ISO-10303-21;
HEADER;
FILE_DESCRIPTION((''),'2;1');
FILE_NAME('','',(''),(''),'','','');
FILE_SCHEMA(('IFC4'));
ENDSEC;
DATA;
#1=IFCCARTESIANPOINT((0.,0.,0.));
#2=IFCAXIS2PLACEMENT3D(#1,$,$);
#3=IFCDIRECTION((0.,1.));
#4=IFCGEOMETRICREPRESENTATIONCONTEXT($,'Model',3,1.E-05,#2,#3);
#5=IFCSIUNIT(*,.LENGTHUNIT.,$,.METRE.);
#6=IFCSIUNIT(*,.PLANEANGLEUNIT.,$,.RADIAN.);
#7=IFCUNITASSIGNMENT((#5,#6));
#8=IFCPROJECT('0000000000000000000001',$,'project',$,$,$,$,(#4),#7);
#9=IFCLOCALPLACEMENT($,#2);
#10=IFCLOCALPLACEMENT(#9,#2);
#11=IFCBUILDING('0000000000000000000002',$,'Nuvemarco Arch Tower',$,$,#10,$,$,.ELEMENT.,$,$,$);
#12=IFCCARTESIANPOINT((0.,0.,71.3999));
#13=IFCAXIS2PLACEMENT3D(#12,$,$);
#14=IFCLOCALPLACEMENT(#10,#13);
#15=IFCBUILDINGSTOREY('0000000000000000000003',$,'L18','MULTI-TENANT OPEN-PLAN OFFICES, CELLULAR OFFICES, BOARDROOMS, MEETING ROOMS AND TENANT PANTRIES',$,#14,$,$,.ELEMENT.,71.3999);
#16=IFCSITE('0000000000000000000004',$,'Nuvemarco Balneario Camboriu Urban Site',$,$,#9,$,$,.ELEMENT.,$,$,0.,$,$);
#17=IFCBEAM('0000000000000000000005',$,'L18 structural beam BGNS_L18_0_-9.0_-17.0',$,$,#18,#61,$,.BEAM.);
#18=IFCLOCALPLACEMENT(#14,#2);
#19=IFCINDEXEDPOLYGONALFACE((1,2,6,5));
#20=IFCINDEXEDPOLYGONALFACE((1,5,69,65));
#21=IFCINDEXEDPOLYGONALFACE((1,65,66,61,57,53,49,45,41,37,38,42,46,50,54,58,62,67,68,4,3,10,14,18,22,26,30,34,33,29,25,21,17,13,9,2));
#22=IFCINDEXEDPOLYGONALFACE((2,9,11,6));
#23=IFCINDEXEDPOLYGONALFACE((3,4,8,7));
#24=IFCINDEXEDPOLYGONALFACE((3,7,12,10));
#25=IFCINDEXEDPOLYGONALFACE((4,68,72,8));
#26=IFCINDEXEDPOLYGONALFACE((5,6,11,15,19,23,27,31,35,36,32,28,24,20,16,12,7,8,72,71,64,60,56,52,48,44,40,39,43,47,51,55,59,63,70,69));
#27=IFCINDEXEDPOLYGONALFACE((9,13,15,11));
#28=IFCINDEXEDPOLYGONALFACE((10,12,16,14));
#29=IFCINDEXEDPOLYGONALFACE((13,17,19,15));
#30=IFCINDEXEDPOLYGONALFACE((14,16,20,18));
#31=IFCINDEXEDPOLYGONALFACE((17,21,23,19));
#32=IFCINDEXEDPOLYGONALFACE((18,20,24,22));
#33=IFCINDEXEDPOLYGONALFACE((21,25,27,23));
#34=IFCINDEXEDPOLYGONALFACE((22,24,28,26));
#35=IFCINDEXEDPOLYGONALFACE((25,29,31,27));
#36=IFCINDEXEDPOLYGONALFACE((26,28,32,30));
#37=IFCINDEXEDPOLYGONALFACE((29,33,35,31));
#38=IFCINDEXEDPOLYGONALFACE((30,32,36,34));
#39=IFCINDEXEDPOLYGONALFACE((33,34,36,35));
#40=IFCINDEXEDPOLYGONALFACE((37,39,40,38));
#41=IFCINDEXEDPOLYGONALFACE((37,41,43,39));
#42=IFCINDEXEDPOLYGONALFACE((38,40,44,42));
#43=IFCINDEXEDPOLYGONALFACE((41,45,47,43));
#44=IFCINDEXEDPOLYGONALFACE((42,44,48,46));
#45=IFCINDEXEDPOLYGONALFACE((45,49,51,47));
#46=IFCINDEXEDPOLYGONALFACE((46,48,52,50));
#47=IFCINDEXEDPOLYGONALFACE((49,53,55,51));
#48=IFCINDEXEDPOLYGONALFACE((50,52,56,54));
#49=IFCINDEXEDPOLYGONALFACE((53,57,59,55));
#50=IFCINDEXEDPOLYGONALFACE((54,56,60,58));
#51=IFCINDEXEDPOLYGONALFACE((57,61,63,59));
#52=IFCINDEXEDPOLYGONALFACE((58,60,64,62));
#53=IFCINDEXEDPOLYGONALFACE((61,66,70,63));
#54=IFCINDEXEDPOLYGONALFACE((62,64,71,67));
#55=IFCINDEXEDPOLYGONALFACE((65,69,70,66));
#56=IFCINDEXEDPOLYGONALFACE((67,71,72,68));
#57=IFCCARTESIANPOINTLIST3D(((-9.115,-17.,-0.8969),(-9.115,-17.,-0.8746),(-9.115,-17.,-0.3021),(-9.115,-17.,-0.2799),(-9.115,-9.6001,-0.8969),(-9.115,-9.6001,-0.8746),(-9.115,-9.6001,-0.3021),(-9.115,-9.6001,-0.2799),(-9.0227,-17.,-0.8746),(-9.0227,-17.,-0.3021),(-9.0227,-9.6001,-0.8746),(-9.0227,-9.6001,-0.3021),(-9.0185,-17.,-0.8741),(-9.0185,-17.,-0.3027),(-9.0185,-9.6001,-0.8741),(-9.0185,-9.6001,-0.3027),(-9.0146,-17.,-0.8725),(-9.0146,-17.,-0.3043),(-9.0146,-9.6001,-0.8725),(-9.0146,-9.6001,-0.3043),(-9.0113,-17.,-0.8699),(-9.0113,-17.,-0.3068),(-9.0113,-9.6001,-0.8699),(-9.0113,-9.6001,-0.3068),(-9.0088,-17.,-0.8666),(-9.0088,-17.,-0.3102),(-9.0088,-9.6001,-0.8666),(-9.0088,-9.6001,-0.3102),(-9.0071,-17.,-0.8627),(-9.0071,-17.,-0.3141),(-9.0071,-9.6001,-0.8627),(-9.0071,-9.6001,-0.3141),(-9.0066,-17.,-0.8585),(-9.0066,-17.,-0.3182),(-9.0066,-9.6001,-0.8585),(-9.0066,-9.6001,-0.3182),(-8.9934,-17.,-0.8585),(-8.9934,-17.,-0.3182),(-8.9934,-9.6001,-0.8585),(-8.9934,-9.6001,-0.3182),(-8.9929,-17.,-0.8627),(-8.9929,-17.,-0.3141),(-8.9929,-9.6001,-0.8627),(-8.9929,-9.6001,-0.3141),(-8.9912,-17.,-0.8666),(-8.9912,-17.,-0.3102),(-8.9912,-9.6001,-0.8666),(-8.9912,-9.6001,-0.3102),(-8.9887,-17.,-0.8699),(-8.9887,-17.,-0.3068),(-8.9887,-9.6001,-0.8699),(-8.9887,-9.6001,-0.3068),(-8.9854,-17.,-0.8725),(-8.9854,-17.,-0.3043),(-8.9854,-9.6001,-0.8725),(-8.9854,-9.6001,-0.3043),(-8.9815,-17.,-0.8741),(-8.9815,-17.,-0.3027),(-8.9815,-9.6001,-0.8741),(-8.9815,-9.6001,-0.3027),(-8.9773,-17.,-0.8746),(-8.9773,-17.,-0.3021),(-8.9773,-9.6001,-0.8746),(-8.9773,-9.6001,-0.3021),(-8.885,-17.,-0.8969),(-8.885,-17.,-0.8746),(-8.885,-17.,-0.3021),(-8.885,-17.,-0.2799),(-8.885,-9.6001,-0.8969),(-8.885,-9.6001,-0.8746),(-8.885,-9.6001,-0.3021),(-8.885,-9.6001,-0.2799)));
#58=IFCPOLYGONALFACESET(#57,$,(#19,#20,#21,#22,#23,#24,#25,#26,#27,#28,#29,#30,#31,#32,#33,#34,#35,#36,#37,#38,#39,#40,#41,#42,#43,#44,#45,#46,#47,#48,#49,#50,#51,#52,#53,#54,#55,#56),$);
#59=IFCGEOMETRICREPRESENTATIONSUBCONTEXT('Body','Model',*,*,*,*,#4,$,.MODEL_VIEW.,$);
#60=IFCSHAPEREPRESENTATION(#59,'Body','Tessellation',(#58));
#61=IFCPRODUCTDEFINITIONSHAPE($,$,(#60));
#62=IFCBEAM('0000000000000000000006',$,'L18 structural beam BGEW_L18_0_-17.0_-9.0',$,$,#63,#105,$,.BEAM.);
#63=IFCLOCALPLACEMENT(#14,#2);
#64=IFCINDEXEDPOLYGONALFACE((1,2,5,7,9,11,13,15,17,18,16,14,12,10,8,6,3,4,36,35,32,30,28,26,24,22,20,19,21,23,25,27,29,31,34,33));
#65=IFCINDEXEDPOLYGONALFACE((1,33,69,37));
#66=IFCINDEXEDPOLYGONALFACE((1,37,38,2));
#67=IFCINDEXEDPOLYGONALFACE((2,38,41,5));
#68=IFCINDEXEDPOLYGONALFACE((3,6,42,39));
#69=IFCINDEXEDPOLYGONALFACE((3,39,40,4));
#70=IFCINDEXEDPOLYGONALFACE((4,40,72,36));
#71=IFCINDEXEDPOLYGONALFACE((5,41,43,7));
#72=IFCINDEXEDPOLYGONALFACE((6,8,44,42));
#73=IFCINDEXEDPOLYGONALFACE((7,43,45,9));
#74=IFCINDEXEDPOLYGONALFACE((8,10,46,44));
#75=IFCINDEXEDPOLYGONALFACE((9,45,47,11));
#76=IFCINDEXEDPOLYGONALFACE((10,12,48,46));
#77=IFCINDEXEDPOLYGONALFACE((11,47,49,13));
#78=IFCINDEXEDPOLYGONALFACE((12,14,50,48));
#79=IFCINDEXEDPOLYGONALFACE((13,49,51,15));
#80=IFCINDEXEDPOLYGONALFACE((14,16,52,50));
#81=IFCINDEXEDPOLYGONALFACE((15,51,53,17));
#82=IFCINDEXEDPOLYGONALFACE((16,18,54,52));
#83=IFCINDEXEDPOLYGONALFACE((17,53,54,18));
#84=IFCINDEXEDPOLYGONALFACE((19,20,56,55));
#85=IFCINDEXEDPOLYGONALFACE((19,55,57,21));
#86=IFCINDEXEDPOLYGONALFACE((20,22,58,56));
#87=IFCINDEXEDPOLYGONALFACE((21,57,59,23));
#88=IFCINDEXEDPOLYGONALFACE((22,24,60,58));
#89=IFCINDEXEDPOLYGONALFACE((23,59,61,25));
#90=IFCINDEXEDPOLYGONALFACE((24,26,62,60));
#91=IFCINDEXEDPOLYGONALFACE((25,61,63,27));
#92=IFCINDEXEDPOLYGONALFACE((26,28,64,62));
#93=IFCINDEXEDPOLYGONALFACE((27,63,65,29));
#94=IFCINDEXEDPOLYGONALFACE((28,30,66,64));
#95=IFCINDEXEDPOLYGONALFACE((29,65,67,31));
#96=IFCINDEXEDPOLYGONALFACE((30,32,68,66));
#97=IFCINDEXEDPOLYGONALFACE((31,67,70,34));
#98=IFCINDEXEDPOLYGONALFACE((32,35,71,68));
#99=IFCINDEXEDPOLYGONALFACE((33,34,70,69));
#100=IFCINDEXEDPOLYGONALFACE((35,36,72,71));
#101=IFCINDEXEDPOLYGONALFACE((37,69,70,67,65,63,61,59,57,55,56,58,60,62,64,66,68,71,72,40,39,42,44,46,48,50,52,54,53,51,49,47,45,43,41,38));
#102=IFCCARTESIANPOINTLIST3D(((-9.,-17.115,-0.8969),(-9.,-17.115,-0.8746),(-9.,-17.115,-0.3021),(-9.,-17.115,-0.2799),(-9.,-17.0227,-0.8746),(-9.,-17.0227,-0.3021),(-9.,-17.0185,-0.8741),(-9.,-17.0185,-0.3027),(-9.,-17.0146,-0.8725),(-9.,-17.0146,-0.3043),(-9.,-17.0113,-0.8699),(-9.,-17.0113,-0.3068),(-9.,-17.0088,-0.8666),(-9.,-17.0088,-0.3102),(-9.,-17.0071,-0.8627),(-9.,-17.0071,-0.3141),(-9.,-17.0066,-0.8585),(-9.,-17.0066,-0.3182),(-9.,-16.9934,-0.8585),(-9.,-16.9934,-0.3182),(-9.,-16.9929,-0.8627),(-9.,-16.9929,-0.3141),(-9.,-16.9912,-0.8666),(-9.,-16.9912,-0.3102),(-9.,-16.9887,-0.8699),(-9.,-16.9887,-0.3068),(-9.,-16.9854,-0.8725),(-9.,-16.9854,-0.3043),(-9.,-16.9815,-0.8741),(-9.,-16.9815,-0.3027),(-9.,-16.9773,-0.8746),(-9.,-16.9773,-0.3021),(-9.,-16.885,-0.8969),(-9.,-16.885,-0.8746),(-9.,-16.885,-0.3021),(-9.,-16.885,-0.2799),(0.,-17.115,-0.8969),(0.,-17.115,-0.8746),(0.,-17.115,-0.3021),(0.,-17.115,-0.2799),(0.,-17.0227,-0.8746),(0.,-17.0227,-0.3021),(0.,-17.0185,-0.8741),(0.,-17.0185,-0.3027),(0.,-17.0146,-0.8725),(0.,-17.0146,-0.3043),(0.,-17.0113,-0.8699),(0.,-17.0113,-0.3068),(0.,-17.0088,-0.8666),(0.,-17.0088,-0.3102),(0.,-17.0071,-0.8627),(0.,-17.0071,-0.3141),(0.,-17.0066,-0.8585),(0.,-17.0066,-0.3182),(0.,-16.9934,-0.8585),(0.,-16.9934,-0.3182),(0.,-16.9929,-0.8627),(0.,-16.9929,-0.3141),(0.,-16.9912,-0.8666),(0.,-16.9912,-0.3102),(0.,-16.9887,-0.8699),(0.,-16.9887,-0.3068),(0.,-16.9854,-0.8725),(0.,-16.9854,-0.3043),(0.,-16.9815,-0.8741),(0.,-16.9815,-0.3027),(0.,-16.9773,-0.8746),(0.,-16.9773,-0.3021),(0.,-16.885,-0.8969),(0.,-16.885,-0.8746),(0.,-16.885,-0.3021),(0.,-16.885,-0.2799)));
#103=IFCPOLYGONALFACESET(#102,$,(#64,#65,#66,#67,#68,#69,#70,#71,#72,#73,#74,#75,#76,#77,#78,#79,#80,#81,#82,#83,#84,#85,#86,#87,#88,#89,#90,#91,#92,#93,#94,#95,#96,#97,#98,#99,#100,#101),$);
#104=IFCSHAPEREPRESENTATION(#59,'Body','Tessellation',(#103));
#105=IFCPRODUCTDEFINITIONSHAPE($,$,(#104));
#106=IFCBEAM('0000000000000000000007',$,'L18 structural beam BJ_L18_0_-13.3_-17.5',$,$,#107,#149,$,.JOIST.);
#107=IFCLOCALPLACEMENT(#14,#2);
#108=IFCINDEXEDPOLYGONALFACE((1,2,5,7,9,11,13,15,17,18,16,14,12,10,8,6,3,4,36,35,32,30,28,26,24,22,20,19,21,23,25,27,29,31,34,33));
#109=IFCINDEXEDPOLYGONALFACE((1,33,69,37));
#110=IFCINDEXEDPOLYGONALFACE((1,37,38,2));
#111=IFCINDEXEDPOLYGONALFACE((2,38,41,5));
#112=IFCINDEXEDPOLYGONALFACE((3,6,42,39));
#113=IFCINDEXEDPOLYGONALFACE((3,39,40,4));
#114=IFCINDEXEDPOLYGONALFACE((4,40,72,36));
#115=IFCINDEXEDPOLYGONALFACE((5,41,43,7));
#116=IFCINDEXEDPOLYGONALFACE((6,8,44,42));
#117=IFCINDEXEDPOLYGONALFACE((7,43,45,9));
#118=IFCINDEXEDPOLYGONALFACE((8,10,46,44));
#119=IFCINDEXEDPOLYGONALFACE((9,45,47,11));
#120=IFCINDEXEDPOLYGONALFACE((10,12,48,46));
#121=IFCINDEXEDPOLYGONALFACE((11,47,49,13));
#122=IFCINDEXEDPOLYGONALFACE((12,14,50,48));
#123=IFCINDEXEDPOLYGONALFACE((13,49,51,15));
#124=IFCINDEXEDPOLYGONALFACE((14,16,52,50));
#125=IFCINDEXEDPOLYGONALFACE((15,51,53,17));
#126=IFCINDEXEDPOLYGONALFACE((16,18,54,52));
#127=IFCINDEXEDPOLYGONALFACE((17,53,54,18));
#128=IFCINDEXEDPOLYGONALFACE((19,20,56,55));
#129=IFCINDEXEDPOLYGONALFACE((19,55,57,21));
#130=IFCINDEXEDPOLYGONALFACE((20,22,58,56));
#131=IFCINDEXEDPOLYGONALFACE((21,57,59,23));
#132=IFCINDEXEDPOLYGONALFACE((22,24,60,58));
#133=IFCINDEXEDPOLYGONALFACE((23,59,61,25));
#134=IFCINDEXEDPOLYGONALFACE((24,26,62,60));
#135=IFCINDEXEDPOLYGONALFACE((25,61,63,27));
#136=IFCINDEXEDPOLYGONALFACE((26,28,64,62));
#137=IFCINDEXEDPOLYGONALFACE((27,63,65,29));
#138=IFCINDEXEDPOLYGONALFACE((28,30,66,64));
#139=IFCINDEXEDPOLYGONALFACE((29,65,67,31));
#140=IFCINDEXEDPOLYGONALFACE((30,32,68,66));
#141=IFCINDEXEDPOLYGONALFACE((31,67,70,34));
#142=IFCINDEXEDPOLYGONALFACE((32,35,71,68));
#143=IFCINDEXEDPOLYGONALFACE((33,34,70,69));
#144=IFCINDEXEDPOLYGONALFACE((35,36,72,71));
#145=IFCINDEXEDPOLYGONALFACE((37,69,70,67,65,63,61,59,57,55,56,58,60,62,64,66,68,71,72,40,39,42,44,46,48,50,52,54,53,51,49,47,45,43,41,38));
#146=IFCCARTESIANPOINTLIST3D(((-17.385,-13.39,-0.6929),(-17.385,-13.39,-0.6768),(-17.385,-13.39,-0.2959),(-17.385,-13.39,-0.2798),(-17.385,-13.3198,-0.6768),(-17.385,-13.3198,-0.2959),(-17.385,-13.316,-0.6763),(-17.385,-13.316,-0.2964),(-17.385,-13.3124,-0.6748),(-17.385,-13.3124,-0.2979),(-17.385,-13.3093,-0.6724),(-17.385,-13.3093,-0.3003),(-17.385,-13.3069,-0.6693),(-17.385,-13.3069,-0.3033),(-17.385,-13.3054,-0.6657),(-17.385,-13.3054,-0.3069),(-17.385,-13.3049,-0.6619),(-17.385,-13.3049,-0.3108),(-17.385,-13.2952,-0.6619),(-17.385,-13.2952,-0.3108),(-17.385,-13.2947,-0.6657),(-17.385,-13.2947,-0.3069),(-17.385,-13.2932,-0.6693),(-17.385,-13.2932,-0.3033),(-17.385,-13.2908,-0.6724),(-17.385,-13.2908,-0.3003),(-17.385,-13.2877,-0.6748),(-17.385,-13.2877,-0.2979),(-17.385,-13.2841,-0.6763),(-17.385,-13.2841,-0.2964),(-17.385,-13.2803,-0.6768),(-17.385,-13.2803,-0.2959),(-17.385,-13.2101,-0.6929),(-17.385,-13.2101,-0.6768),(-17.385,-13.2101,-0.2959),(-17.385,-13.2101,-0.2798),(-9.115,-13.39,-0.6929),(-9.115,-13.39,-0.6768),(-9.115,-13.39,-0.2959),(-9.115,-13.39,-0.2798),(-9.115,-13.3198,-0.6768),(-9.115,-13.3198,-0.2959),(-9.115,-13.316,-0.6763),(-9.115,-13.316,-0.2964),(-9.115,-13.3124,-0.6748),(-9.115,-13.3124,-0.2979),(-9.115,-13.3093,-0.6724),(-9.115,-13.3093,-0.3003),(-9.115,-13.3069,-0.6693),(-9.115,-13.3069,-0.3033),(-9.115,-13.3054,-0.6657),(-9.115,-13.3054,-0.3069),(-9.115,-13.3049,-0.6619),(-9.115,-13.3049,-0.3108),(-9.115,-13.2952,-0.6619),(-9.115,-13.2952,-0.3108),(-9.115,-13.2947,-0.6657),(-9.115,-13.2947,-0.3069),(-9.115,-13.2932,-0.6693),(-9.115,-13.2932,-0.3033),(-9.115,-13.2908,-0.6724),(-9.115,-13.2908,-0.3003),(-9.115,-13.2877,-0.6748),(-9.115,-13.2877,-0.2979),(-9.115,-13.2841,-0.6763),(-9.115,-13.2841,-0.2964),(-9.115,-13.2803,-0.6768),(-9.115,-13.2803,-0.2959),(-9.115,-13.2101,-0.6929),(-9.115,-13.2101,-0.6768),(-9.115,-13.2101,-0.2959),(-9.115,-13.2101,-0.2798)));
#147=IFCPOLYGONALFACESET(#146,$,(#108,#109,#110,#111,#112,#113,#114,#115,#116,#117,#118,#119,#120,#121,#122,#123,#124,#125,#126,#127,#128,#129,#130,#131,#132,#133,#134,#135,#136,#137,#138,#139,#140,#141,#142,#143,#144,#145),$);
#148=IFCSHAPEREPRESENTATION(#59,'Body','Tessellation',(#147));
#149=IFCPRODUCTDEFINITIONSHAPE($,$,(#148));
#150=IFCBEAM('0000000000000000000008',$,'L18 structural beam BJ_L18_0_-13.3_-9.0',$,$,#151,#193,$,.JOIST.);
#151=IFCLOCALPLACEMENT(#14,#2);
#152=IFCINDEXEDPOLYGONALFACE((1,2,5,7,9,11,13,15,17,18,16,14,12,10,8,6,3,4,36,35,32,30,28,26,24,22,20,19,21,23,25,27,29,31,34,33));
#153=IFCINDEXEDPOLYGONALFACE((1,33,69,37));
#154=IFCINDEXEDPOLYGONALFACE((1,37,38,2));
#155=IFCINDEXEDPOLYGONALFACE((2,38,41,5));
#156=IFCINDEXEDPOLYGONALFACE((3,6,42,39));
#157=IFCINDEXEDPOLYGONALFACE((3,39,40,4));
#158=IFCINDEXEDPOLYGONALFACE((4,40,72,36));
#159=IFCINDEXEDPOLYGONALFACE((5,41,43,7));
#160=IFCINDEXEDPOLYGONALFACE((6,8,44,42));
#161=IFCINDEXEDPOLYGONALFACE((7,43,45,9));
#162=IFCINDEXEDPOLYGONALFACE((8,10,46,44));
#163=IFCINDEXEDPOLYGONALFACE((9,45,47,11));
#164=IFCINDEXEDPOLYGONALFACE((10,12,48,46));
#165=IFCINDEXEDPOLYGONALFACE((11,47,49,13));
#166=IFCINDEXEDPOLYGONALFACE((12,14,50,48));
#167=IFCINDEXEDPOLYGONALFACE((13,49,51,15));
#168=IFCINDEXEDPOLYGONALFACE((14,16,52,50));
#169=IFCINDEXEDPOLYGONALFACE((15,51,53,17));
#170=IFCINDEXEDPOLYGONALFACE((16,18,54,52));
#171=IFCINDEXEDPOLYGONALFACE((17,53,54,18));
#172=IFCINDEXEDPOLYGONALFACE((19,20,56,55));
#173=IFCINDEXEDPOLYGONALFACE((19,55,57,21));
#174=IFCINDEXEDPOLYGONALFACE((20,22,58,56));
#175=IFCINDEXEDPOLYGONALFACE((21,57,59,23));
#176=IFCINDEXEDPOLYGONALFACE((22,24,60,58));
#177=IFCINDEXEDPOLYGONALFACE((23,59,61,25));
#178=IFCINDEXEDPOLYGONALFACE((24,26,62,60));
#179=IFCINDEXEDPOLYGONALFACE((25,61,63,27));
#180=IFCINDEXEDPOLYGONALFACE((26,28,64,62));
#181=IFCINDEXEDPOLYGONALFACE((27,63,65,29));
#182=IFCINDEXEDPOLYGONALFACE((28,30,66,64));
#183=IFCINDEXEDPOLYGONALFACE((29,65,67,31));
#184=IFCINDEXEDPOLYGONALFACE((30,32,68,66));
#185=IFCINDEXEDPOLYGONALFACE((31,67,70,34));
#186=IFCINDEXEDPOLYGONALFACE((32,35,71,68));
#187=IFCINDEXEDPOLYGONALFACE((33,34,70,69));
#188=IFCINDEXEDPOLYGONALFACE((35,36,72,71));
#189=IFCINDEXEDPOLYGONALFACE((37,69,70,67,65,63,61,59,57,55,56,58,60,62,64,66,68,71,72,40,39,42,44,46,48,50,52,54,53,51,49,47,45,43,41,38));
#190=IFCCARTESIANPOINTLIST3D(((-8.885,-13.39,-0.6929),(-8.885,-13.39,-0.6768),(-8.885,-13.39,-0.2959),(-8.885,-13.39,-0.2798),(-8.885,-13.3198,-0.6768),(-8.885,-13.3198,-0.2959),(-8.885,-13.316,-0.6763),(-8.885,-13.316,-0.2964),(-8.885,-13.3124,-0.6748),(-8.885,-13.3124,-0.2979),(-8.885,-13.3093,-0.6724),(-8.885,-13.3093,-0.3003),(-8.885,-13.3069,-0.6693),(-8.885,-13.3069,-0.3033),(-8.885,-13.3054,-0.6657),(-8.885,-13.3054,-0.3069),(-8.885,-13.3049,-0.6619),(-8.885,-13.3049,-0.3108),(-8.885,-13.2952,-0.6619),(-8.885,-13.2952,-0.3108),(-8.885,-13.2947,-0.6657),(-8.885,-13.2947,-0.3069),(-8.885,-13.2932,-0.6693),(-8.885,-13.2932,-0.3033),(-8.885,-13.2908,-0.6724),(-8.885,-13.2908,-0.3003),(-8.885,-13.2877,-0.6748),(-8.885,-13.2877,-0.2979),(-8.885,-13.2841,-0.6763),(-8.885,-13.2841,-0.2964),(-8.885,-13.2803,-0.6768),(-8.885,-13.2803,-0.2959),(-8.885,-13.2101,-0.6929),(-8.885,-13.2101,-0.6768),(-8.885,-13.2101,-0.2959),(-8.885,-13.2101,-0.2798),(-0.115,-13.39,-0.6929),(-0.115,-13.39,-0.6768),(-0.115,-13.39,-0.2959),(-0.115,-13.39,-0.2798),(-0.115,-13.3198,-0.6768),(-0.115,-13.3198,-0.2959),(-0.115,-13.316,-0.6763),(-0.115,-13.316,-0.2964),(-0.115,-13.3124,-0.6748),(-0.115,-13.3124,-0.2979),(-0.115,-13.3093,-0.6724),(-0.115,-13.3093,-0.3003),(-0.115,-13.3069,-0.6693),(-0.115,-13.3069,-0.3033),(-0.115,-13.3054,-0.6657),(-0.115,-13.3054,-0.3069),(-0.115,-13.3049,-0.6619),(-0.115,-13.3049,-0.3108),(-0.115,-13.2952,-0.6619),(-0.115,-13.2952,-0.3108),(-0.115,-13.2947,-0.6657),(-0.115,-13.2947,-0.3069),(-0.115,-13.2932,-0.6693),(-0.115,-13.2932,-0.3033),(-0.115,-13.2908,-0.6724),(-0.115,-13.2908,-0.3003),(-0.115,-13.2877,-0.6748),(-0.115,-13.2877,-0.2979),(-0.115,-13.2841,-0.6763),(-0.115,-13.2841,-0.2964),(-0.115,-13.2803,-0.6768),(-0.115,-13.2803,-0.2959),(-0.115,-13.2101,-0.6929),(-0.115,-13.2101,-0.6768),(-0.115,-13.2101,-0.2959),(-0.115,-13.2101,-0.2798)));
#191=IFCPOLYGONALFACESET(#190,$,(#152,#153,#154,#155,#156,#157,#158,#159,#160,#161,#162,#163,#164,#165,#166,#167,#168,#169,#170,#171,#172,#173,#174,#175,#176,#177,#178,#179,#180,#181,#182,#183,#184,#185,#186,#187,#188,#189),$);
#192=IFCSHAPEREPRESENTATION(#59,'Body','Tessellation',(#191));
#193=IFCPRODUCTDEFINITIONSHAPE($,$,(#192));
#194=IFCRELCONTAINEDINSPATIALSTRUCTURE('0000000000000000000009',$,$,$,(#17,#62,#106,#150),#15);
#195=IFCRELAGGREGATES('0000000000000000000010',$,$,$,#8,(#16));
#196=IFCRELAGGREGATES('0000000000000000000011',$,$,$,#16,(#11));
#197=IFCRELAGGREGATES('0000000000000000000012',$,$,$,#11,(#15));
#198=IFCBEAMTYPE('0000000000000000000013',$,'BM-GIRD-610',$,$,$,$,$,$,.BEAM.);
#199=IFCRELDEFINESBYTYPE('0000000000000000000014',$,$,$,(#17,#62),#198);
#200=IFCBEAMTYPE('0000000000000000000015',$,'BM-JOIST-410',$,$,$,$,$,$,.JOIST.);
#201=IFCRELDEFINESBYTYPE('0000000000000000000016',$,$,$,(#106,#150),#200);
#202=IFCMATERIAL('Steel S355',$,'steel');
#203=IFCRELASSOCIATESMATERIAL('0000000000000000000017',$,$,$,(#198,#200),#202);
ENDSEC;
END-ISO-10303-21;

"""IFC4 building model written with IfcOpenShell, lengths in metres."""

from ifc_helpers import new_model, si_unit, direction, frame, origin, origin_2d, place, context, subcontext, project, spatial, i_section, extrude, material, material_profile, profile_set, type_object, element, save


model = new_model("IFC4")

# Units and contexts
model_context = context("Model", 3, precision=1e-05, world=origin(), true_north=direction((0.0, 1.0)))
body_context = subcontext(model_context, "Body", "Model", "MODEL_VIEW")
ifc_project = project(units=[si_unit("LENGTHUNIT", "METRE"), si_unit("PLANEANGLEUNIT", "RADIAN")], contexts=[model_context])

# Site, building, storey
site_placement = place(None, origin())
site = spatial("IfcSite", under=ifc_project, at=site_placement, Name="Nuvemarco Balneario Camboriu Urban Site", CompositionType="ELEMENT", RefElevation=0.0)
building_placement = place(site_placement, origin())
building = spatial("IfcBuilding", under=site, at=building_placement, Name="Nuvemarco Arch Tower", CompositionType="ELEMENT")
storey_placement = place(building_placement, frame((0.0, 0.0, 71.3999)))
storey = spatial("IfcBuildingStorey", under=building, at=storey_placement, Name="L18", Description="MULTI-TENANT OPEN-PLAN OFFICES, CELLULAR OFFICES, BOARDROOMS, MEETING ROOMS AND TENANT PANTRIES", CompositionType="ELEMENT", Elevation=71.3999)

# Shared definitions
ifc_material_1 = material(Name="Steel S355", Category="steel")

# Beams
ifc_material_profile_1 = material_profile(ifc_material_1, i_section(OverallWidth=0.23, OverallDepth=0.6169, WebThickness=0.0132, FlangeThickness=0.0222, FilletRadius=0.0161, at=origin_2d()), Name="W610x140")
ifc_profile_set_1 = profile_set([ifc_material_profile_1], Name="Steel S355")
beam_type_1 = type_object("IfcBeamType", Name="BM-GIRD-610", PredefinedType="BEAM", material=ifc_profile_set_1)
beam_1_placement = place(storey_placement, frame((-9.0, -17.0, -0.5884), z_axis=(0.0, 1.0, 0.0), x_axis=(-1.0, 0.0, 0.0)))
element("IfcBeam", 1, at=beam_1_placement, inside=storey, type_object=beam_type_1, Name="L18 structural beam BGNS_L18_0_-9.0_-17.0", PredefinedType="BEAM", context=body_context, shape_type="SweptSolid", body=[
    extrude(i_section(OverallWidth=0.23, OverallDepth=0.6169, WebThickness=0.0132, FlangeThickness=0.0222, FilletRadius=0.0161, at=origin_2d()), origin(), (0.0, 0.0, 1.0), 7.3999),
])
beam_2_placement = place(storey_placement, frame((-9.0, -17.0, -0.5884), z_axis=(1.0, 0.0, 0.0), x_axis=(0.0, 1.0, 0.0)))
element("IfcBeam", 2, at=beam_2_placement, inside=storey, type_object=beam_type_1, Name="L18 structural beam BGEW_L18_0_-17.0_-9.0", PredefinedType="BEAM", context=body_context, shape_type="SweptSolid", body=[
    extrude(i_section(OverallWidth=0.23, OverallDepth=0.6169, WebThickness=0.0132, FlangeThickness=0.0222, FilletRadius=0.0161, at=origin_2d()), origin(), (0.0, 0.0, 1.0), 9.0),
])
ifc_material_profile_2 = material_profile(ifc_material_1, i_section(OverallWidth=0.1799, OverallDepth=0.4131, WebThickness=0.0098, FlangeThickness=0.0161, FilletRadius=0.0149, at=origin_2d()), Name="W410x75")
ifc_profile_set_2 = profile_set([ifc_material_profile_2], Name="Steel S355")
beam_type_2 = type_object("IfcBeamType", Name="BM-JOIST-410", PredefinedType="JOIST", material=ifc_profile_set_2)
beam_3_placement = place(storey_placement, frame((-17.385, -13.3, -0.4863), z_axis=(1.0, 0.0, 0.0), x_axis=(0.0, 1.0, 0.0)))
element("IfcBeam", 3, at=beam_3_placement, inside=storey, type_object=beam_type_2, Name="L18 structural beam BJ_L18_0_-13.3_-17.5", PredefinedType="JOIST", context=body_context, shape_type="SweptSolid", body=[
    extrude(i_section(OverallWidth=0.1799, OverallDepth=0.4131, WebThickness=0.0098, FlangeThickness=0.0161, FilletRadius=0.0149, at=origin_2d()), origin(), (0.0, 0.0, 1.0), 8.27),
])
beam_4_placement = place(storey_placement, frame((-8.885, -13.3, -0.4863), z_axis=(1.0, 0.0, 0.0), x_axis=(0.0, 1.0, 0.0)))
element("IfcBeam", 4, at=beam_4_placement, inside=storey, type_object=beam_type_2, Name="L18 structural beam BJ_L18_0_-13.3_-9.0", PredefinedType="JOIST", context=body_context, shape_type="SweptSolid", body=[
    extrude(i_section(OverallWidth=0.1799, OverallDepth=0.4131, WebThickness=0.0098, FlangeThickness=0.0161, FilletRadius=0.0149, at=origin_2d()), origin(), (0.0, 0.0, 1.0), 8.77),
])

save(model, "model.ifc")
